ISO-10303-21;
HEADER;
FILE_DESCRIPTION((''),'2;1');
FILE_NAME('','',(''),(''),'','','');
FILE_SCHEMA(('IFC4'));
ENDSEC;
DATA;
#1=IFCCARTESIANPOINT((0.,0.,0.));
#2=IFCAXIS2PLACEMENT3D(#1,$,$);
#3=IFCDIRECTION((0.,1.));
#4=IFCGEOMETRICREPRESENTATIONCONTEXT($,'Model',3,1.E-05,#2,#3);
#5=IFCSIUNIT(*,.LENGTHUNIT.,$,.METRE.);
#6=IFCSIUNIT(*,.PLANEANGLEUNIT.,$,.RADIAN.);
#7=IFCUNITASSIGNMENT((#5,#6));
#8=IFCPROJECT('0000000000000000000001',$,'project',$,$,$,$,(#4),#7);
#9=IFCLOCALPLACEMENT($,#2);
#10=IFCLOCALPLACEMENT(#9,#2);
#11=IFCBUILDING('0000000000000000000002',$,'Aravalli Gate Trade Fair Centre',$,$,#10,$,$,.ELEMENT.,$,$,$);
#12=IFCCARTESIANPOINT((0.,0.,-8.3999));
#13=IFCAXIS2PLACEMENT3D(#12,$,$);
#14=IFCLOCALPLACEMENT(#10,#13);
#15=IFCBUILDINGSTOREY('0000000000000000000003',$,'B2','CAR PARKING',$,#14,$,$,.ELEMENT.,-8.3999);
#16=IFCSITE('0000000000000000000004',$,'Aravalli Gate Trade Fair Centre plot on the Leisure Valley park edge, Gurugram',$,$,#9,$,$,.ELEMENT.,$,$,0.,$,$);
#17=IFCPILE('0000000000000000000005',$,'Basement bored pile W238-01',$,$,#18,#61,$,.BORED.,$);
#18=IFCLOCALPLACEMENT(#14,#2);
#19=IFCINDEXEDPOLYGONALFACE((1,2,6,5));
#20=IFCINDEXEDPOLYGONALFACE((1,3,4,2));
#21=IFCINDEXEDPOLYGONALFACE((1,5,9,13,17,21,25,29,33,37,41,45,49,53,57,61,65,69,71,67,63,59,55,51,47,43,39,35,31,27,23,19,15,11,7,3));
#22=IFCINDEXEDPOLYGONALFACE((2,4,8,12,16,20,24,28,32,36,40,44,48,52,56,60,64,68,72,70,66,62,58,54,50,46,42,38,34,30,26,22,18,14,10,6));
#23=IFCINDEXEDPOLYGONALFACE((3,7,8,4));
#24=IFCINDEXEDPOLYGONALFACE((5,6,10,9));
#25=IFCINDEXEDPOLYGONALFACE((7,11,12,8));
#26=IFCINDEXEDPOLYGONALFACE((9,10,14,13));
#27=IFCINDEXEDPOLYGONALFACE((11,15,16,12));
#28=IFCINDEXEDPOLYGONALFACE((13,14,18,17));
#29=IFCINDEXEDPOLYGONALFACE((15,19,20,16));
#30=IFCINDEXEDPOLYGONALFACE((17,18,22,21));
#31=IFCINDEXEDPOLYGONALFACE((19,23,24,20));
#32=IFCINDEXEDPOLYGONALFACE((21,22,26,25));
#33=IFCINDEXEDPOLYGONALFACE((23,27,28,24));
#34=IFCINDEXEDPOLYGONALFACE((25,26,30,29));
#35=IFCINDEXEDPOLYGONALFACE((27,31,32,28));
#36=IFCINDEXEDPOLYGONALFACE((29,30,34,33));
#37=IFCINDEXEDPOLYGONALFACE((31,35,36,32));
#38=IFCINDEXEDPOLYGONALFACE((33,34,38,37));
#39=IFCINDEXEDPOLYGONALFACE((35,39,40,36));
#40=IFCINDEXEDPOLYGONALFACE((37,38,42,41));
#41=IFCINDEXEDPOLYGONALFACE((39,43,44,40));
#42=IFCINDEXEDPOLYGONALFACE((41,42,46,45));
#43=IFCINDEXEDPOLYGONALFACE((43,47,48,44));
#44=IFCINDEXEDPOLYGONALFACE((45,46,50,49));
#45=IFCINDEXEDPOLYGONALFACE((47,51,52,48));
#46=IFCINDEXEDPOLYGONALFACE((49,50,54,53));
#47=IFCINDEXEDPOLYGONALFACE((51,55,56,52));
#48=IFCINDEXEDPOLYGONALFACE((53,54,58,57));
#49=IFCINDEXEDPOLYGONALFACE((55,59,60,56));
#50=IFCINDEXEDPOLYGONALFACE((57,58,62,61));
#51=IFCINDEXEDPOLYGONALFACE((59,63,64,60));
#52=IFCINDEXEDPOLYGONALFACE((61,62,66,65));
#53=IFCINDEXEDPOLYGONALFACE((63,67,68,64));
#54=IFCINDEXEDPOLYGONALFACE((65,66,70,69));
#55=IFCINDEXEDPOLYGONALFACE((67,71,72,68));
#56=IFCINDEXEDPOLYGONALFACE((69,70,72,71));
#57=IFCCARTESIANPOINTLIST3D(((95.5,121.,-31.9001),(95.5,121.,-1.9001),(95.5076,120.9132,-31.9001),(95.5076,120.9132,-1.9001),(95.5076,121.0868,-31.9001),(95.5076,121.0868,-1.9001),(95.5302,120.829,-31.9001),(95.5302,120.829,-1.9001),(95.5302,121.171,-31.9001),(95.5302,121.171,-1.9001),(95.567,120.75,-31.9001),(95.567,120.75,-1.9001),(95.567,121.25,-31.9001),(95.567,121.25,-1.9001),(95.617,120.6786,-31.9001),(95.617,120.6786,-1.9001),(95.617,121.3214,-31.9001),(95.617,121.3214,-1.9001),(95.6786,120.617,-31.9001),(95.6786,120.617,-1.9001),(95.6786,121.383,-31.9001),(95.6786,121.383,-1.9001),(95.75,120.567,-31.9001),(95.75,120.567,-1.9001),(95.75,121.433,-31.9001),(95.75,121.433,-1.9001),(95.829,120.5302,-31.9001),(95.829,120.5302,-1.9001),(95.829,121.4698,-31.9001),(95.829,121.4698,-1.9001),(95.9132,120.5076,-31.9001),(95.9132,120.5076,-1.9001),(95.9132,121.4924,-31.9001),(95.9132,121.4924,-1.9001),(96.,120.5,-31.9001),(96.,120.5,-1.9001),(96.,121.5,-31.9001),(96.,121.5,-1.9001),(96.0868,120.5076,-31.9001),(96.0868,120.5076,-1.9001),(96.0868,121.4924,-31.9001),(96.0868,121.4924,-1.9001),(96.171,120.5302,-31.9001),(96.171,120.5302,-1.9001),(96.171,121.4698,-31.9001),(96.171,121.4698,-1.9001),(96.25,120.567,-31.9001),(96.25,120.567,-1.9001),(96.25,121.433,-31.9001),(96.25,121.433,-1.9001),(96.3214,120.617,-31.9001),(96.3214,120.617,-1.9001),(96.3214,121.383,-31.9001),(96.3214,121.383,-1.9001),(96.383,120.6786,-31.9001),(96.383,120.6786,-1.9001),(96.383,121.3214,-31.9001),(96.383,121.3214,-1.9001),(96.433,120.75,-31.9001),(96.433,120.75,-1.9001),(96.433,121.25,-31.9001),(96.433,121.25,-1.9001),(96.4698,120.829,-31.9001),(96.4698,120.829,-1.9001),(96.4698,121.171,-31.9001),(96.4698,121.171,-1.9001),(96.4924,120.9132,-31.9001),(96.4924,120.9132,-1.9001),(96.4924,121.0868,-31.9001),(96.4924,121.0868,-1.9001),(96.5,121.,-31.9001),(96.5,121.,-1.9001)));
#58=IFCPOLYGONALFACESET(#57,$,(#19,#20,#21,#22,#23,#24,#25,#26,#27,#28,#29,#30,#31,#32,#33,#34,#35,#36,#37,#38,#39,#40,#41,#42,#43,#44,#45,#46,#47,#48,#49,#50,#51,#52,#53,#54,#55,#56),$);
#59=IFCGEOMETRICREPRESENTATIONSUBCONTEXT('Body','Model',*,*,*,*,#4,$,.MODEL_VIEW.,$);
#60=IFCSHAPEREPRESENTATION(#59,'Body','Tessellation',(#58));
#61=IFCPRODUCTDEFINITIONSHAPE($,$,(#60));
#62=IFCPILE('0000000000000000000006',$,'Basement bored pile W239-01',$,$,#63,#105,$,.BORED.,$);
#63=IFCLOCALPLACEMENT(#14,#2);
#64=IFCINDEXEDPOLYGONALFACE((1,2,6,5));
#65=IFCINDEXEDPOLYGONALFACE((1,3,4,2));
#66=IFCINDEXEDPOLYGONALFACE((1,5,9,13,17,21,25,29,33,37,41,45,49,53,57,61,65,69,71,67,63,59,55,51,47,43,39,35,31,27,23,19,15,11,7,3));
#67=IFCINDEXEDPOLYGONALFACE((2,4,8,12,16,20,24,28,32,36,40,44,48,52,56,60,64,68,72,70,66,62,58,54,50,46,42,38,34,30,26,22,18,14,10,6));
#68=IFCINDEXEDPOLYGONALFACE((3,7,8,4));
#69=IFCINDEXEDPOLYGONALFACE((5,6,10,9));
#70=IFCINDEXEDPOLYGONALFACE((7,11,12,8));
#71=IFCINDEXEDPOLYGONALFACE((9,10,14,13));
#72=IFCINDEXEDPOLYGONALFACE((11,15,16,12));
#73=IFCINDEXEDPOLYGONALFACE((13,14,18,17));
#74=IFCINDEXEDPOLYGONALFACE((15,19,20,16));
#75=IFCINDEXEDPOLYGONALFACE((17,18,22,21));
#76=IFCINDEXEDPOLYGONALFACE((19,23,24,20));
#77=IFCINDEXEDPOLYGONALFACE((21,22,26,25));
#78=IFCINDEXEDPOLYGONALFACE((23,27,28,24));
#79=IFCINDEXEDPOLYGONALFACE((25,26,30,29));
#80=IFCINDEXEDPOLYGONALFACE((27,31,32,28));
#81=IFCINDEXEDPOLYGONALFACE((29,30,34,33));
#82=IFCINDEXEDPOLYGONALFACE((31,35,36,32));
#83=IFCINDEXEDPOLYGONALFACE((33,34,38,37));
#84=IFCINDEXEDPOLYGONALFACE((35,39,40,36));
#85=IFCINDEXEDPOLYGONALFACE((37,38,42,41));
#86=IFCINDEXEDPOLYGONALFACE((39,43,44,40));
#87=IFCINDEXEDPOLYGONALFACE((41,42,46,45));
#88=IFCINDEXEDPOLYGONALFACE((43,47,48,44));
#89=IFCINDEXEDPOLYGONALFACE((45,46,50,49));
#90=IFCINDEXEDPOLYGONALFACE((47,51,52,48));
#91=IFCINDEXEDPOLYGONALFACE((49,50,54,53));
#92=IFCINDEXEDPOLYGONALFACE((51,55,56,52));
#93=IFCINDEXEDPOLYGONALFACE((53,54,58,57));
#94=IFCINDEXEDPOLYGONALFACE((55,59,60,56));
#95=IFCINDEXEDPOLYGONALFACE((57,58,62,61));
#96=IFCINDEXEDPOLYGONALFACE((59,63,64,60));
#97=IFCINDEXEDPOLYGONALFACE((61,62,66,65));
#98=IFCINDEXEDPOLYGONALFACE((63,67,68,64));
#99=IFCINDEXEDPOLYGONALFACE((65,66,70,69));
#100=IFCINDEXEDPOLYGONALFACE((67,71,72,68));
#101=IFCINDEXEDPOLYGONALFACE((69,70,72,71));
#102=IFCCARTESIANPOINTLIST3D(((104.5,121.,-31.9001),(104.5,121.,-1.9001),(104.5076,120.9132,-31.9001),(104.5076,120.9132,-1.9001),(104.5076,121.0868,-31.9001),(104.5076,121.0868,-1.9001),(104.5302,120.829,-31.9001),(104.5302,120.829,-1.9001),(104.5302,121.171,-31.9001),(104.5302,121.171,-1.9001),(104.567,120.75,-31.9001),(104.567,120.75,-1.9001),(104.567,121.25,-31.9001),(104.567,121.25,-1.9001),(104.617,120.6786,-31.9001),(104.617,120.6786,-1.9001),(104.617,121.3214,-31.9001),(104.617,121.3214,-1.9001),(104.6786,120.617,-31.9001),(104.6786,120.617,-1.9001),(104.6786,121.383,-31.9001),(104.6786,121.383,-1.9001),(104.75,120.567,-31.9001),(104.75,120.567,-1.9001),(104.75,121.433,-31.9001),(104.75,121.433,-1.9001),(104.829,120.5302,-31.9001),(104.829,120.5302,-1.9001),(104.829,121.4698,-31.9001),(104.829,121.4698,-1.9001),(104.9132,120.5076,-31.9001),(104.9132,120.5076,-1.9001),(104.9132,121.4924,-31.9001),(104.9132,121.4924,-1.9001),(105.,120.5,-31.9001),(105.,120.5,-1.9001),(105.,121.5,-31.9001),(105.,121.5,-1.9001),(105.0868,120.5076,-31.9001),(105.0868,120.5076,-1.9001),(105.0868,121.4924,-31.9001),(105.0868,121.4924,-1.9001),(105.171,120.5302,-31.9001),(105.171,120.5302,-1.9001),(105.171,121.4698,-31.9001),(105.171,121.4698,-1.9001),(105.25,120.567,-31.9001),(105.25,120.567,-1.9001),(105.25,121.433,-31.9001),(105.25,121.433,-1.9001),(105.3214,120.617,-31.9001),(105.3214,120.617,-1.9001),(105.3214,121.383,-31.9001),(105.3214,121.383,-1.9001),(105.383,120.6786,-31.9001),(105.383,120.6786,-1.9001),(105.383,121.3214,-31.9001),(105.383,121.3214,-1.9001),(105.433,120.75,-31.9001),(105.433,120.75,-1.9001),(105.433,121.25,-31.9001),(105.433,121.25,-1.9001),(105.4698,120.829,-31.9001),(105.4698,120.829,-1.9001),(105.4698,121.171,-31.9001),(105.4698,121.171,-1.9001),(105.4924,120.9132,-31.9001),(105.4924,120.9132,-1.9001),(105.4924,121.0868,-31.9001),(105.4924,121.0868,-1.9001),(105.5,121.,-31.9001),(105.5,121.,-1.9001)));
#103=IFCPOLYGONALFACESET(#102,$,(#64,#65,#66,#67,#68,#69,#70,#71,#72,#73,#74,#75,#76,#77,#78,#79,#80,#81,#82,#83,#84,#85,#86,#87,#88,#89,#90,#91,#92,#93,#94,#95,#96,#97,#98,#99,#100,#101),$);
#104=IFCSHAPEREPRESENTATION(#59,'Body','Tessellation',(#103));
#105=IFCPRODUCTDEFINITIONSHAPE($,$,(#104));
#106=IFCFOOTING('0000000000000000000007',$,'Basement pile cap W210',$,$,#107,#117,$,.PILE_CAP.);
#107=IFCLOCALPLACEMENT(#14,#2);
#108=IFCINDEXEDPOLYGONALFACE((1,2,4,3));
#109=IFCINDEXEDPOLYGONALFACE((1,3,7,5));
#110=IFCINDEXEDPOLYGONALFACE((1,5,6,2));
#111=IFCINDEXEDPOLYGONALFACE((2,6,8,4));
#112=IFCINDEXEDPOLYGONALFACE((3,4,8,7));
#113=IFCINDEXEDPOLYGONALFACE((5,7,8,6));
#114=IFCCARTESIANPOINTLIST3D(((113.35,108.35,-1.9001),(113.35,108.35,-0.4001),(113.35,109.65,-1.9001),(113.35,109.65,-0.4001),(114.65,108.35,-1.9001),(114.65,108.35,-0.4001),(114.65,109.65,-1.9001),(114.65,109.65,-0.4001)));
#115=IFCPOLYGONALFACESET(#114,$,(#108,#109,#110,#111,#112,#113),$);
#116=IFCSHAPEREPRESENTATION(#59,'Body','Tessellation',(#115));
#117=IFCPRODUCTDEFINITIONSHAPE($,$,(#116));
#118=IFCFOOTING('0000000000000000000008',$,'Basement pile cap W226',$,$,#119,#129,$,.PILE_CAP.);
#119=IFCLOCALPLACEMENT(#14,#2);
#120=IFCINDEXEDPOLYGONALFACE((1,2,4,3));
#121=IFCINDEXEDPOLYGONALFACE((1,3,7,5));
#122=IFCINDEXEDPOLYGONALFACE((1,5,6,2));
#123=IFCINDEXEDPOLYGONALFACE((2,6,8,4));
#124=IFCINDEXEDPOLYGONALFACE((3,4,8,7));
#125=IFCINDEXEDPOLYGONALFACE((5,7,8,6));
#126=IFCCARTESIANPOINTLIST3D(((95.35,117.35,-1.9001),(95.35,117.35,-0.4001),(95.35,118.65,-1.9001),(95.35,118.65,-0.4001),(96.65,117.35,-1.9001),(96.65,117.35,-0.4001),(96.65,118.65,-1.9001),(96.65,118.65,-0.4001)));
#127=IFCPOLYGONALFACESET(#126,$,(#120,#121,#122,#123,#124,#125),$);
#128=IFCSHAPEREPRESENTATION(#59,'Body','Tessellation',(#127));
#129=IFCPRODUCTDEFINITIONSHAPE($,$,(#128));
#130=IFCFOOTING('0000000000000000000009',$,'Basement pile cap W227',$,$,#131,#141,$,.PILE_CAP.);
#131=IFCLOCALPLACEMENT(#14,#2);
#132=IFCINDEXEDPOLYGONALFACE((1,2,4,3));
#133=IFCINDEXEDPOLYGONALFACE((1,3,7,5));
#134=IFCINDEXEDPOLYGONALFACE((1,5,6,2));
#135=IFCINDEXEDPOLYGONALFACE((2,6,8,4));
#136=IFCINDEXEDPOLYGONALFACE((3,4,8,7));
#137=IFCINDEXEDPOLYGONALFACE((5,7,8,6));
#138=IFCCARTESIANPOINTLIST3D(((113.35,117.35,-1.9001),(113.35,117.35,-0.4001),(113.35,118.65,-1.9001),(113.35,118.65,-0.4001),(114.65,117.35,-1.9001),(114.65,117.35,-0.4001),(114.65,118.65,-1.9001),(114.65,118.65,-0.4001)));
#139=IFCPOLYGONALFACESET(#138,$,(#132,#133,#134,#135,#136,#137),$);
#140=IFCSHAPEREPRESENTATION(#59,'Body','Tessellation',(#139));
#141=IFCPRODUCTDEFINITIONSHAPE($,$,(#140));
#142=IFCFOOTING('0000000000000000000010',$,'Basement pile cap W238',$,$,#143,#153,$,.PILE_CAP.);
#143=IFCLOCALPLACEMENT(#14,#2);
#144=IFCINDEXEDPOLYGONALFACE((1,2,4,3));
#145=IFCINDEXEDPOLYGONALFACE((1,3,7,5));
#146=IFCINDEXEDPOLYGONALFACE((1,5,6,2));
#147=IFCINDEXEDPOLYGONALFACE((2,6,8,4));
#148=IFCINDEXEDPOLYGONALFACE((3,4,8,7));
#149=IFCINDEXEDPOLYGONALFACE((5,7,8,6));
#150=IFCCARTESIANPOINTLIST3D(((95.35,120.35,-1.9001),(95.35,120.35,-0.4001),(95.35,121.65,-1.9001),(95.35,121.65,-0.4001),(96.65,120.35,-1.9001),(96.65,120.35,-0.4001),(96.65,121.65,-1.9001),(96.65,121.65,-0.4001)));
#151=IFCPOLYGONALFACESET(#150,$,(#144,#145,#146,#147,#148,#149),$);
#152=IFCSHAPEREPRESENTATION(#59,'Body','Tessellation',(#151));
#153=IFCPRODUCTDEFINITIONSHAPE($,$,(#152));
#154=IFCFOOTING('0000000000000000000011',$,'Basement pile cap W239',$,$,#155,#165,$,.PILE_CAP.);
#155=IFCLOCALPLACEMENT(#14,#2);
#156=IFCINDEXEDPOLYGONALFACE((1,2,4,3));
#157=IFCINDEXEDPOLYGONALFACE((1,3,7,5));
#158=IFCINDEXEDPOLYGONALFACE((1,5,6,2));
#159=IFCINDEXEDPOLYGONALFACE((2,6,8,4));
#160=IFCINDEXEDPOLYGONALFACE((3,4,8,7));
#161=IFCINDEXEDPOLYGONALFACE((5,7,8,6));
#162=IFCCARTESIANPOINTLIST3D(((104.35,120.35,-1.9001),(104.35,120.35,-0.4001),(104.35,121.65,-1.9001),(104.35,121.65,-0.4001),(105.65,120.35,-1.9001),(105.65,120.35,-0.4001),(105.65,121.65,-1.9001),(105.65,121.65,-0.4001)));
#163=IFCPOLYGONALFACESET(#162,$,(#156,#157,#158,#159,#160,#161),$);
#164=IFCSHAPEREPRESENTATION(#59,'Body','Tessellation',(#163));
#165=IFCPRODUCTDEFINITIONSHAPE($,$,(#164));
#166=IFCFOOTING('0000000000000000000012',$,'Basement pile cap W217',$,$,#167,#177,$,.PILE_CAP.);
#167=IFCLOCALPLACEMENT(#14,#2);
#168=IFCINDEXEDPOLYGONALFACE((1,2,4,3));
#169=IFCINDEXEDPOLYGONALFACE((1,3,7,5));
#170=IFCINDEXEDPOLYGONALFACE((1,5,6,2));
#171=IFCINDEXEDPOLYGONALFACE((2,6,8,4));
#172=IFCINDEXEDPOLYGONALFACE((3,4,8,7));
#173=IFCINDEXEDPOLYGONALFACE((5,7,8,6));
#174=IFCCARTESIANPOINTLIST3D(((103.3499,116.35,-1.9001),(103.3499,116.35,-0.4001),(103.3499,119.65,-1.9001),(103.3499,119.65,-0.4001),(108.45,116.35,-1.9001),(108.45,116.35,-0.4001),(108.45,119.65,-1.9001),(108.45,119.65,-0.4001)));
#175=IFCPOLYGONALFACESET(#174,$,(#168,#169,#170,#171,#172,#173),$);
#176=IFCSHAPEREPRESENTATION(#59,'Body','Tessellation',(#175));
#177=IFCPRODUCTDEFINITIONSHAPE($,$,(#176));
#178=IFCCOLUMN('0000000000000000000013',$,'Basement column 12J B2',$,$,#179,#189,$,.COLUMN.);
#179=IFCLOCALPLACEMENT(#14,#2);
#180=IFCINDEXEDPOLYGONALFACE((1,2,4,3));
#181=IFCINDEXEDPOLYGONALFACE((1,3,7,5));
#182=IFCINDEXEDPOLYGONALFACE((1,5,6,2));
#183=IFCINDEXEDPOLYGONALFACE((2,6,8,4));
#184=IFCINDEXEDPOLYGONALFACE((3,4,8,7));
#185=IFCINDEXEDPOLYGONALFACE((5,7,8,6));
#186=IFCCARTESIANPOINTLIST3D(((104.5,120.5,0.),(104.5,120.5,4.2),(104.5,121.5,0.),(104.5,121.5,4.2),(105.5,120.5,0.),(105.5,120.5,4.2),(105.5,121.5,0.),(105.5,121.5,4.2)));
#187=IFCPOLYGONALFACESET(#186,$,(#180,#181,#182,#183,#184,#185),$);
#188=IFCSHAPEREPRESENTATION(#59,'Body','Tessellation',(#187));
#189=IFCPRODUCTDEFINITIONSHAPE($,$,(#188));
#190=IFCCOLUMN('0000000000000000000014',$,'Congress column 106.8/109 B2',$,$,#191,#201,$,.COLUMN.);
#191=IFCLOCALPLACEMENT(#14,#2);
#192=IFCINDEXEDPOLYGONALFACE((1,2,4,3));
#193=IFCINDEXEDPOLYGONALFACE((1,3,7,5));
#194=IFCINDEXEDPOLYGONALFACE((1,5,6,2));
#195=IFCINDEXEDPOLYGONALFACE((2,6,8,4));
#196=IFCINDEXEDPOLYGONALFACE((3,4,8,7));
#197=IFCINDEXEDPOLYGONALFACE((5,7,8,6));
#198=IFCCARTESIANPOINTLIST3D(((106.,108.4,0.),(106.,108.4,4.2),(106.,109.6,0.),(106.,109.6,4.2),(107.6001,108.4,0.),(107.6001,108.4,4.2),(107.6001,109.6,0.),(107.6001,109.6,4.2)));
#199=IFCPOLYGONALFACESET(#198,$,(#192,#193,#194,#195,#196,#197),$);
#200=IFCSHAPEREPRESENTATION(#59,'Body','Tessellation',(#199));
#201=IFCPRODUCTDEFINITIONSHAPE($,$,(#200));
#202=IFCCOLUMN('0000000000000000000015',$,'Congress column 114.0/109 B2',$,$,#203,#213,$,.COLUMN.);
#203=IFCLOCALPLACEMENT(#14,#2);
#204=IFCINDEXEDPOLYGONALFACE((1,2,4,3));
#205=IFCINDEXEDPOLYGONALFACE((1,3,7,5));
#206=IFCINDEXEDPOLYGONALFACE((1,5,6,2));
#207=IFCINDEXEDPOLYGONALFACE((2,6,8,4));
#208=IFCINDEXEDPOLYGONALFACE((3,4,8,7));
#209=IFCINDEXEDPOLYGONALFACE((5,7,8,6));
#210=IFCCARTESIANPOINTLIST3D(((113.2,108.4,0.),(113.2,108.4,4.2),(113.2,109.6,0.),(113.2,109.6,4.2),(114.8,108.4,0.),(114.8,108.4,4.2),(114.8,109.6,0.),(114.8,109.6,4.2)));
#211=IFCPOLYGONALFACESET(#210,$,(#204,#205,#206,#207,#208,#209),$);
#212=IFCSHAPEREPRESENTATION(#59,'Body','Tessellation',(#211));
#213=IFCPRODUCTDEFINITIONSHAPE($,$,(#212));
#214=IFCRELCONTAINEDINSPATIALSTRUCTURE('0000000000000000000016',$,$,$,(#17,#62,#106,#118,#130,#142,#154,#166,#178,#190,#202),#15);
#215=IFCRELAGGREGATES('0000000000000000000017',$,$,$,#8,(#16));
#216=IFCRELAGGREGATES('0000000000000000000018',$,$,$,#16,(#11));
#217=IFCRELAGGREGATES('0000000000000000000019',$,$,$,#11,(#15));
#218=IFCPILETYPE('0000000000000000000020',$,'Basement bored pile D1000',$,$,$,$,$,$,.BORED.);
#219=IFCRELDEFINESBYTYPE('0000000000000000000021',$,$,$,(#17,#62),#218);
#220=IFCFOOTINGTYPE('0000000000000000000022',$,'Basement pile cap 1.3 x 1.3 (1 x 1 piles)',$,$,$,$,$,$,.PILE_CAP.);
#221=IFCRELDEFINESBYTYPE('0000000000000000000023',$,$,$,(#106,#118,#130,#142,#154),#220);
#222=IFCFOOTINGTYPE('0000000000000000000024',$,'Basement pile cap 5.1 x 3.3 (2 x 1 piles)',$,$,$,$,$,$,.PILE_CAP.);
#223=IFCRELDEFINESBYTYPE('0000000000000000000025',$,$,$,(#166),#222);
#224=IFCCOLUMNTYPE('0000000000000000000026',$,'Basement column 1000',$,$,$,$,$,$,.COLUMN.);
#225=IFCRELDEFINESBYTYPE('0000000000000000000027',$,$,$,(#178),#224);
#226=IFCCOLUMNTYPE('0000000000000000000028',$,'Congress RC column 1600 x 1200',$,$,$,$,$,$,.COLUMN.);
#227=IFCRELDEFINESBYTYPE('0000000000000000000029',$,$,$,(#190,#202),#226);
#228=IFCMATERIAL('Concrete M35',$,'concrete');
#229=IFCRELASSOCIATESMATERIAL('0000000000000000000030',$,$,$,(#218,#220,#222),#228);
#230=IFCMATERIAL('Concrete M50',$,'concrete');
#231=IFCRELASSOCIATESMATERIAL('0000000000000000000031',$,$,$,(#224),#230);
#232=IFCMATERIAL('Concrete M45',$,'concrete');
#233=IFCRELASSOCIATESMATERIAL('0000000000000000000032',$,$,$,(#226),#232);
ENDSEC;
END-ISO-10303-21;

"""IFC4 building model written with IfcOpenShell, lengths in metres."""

from ifc_helpers import new_model, si_unit, direction, frame, origin, origin_2d, place, context, subcontext, project, spatial, rectangle, circle, extrude, material, material_profile, profile_set, type_object, element, save


model = new_model("IFC4")

# Units and contexts
model_context = context("Model", 3, precision=1e-05, world=origin(), true_north=direction((0.0, 1.0)))
body_context = subcontext(model_context, "Body", "Model", "MODEL_VIEW")
ifc_project = project(units=[si_unit("LENGTHUNIT", "METRE"), si_unit("PLANEANGLEUNIT", "RADIAN")], contexts=[model_context])

# Site, building, storey
site_placement = place(None, origin())
site = spatial("IfcSite", under=ifc_project, at=site_placement, Name="Aravalli Gate Trade Fair Centre plot on the Leisure Valley park edge, Gurugram", CompositionType="ELEMENT", RefElevation=0.0)
building_placement = place(site_placement, origin())
building = spatial("IfcBuilding", under=site, at=building_placement, Name="Aravalli Gate Trade Fair Centre", CompositionType="ELEMENT")
storey_placement = place(building_placement, frame((0.0, 0.0, -8.3999)))
storey = spatial("IfcBuildingStorey", under=building, at=storey_placement, Name="B2", Description="CAR PARKING", CompositionType="ELEMENT", Elevation=-8.3999)

# Piles
ifc_material_1 = material(Name="Concrete M35", Category="concrete")
ifc_material_profile_1 = material_profile(ifc_material_1, circle(Radius=0.5, at=origin_2d()), Name="D1000")
ifc_profile_set_1 = profile_set([ifc_material_profile_1], Name="Concrete M35")
pile_type = type_object("IfcPileType", Name="Basement bored pile D1000", PredefinedType="BORED", material=ifc_profile_set_1)
for number, where, z_axis, x_axis, name in (
    (1, (96.0, 121.0, -1.9001), (0.0, 0.0, -1.0), (1.0, 0.0, 0.0), "Basement bored pile W238-01"),
    (2, (105.0, 121.0, -1.9001), (0.0, 0.0, -1.0), (1.0, 0.0, 0.0), "Basement bored pile W239-01"),
):
    element("IfcPile", number, at=place(storey_placement, frame(where, z_axis=z_axis, x_axis=x_axis)), inside=storey, type_object=pile_type, Name=name, PredefinedType="BORED", context=body_context, shape_type="SweptSolid", body=[
        extrude(circle(Radius=0.5, at=origin_2d()), origin(), (0.0, 0.0, 1.0), 30.0),
    ])

# Footings
footing_type_1 = type_object("IfcFootingType", Name="Basement pile cap 1.3 x 1.3 (1 x 1 piles)", PredefinedType="PILE_CAP", material=ifc_material_1)
for number, where, z_axis, x_axis, name in (
    (3, (114.0, 109.0, -1.9001), (0.0, 0.0, 1.0), (1.0, 0.0, 0.0), "Basement pile cap W210"),
    (4, (96.0, 118.0, -1.9001), (0.0, 0.0, 1.0), (1.0, 0.0, 0.0), "Basement pile cap W226"),
    (5, (114.0, 118.0, -1.9001), (0.0, 0.0, 1.0), (1.0, 0.0, 0.0), "Basement pile cap W227"),
    (6, (96.0, 121.0, -1.9001), (0.0, 0.0, 1.0), (1.0, 0.0, 0.0), "Basement pile cap W238"),
    (7, (105.0, 121.0, -1.9001), (0.0, 0.0, 1.0), (1.0, 0.0, 0.0), "Basement pile cap W239"),
):
    element("IfcFooting", number, at=place(storey_placement, frame(where, z_axis=z_axis, x_axis=x_axis)), inside=storey, type_object=footing_type_1, Name=name, PredefinedType="PILE_CAP", context=body_context, shape_type="SweptSolid", body=[
        extrude(rectangle(XDim=1.3, YDim=1.3, at=origin_2d()), origin(), (0.0, 0.0, 1.0), 1.5),
    ])
footing_type_2 = type_object("IfcFootingType", Name="Basement pile cap 5.1 x 3.3 (2 x 1 piles)", PredefinedType="PILE_CAP", material=ifc_material_1)
footing_placement = place(storey_placement, frame((105.8999, 118.0, -1.9001), z_axis=(0.0, 0.0, 1.0), x_axis=(1.0, 0.0, 0.0)))
element("IfcFooting", 8, at=footing_placement, inside=storey, type_object=footing_type_2, Name="Basement pile cap W217", PredefinedType="PILE_CAP", context=body_context, shape_type="SweptSolid", body=[
    extrude(rectangle(XDim=5.1001, YDim=3.3, at=origin_2d()), origin(), (0.0, 0.0, 1.0), 1.5),
])

# Columns
ifc_material_2 = material(Name="Concrete M50", Category="concrete")
ifc_material_profile_2 = material_profile(ifc_material_2, rectangle(XDim=1.0, YDim=1.0, at=origin_2d()), Name="RC 1000 x 1000")
ifc_profile_set_2 = profile_set([ifc_material_profile_2], Name="Concrete M50")
column_type_1 = type_object("IfcColumnType", Name="Basement column 1000", PredefinedType="COLUMN", material=ifc_profile_set_2)
column_placement = place(storey_placement, frame((105.0, 121.0, 0.0), z_axis=(0.0, 0.0, 1.0), x_axis=(1.0, 0.0, 0.0)))
element("IfcColumn", 9, at=column_placement, inside=storey, type_object=column_type_1, Name="Basement column 12J B2", PredefinedType="COLUMN", context=body_context, shape_type="SweptSolid", body=[
    extrude(rectangle(XDim=1.0, YDim=1.0, at=origin_2d()), origin(), (0.0, 0.0, 1.0), 4.2),
])
ifc_material_3 = material(Name="Concrete M45", Category="concrete")
ifc_material_profile_3 = material_profile(ifc_material_3, rectangle(XDim=1.6001, YDim=1.2, at=origin_2d()), Name="RC 1600x1200")
ifc_profile_set_3 = profile_set([ifc_material_profile_3], Name="Concrete M45")
column_type_2 = type_object("IfcColumnType", Name="Congress RC column 1600 x 1200", PredefinedType="COLUMN", material=ifc_profile_set_3)
for number, where, z_axis, x_axis, name in (
    (10, (106.8, 109.0, 0.0), (0.0, 0.0, 1.0), (1.0, 0.0, 0.0), "Congress column 106.8/109 B2"),
    (11, (114.0, 109.0, 0.0), (0.0, 0.0, 1.0), (1.0, 0.0, 0.0), "Congress column 114.0/109 B2"),
):
    element("IfcColumn", number, at=place(storey_placement, frame(where, z_axis=z_axis, x_axis=x_axis)), inside=storey, type_object=column_type_2, Name=name, PredefinedType="COLUMN", context=body_context, shape_type="SweptSolid", body=[
        extrude(rectangle(XDim=1.6001, YDim=1.2, at=origin_2d()), origin(), (0.0, 0.0, 1.0), 4.2),
    ])

save(model, "model.ifc")
